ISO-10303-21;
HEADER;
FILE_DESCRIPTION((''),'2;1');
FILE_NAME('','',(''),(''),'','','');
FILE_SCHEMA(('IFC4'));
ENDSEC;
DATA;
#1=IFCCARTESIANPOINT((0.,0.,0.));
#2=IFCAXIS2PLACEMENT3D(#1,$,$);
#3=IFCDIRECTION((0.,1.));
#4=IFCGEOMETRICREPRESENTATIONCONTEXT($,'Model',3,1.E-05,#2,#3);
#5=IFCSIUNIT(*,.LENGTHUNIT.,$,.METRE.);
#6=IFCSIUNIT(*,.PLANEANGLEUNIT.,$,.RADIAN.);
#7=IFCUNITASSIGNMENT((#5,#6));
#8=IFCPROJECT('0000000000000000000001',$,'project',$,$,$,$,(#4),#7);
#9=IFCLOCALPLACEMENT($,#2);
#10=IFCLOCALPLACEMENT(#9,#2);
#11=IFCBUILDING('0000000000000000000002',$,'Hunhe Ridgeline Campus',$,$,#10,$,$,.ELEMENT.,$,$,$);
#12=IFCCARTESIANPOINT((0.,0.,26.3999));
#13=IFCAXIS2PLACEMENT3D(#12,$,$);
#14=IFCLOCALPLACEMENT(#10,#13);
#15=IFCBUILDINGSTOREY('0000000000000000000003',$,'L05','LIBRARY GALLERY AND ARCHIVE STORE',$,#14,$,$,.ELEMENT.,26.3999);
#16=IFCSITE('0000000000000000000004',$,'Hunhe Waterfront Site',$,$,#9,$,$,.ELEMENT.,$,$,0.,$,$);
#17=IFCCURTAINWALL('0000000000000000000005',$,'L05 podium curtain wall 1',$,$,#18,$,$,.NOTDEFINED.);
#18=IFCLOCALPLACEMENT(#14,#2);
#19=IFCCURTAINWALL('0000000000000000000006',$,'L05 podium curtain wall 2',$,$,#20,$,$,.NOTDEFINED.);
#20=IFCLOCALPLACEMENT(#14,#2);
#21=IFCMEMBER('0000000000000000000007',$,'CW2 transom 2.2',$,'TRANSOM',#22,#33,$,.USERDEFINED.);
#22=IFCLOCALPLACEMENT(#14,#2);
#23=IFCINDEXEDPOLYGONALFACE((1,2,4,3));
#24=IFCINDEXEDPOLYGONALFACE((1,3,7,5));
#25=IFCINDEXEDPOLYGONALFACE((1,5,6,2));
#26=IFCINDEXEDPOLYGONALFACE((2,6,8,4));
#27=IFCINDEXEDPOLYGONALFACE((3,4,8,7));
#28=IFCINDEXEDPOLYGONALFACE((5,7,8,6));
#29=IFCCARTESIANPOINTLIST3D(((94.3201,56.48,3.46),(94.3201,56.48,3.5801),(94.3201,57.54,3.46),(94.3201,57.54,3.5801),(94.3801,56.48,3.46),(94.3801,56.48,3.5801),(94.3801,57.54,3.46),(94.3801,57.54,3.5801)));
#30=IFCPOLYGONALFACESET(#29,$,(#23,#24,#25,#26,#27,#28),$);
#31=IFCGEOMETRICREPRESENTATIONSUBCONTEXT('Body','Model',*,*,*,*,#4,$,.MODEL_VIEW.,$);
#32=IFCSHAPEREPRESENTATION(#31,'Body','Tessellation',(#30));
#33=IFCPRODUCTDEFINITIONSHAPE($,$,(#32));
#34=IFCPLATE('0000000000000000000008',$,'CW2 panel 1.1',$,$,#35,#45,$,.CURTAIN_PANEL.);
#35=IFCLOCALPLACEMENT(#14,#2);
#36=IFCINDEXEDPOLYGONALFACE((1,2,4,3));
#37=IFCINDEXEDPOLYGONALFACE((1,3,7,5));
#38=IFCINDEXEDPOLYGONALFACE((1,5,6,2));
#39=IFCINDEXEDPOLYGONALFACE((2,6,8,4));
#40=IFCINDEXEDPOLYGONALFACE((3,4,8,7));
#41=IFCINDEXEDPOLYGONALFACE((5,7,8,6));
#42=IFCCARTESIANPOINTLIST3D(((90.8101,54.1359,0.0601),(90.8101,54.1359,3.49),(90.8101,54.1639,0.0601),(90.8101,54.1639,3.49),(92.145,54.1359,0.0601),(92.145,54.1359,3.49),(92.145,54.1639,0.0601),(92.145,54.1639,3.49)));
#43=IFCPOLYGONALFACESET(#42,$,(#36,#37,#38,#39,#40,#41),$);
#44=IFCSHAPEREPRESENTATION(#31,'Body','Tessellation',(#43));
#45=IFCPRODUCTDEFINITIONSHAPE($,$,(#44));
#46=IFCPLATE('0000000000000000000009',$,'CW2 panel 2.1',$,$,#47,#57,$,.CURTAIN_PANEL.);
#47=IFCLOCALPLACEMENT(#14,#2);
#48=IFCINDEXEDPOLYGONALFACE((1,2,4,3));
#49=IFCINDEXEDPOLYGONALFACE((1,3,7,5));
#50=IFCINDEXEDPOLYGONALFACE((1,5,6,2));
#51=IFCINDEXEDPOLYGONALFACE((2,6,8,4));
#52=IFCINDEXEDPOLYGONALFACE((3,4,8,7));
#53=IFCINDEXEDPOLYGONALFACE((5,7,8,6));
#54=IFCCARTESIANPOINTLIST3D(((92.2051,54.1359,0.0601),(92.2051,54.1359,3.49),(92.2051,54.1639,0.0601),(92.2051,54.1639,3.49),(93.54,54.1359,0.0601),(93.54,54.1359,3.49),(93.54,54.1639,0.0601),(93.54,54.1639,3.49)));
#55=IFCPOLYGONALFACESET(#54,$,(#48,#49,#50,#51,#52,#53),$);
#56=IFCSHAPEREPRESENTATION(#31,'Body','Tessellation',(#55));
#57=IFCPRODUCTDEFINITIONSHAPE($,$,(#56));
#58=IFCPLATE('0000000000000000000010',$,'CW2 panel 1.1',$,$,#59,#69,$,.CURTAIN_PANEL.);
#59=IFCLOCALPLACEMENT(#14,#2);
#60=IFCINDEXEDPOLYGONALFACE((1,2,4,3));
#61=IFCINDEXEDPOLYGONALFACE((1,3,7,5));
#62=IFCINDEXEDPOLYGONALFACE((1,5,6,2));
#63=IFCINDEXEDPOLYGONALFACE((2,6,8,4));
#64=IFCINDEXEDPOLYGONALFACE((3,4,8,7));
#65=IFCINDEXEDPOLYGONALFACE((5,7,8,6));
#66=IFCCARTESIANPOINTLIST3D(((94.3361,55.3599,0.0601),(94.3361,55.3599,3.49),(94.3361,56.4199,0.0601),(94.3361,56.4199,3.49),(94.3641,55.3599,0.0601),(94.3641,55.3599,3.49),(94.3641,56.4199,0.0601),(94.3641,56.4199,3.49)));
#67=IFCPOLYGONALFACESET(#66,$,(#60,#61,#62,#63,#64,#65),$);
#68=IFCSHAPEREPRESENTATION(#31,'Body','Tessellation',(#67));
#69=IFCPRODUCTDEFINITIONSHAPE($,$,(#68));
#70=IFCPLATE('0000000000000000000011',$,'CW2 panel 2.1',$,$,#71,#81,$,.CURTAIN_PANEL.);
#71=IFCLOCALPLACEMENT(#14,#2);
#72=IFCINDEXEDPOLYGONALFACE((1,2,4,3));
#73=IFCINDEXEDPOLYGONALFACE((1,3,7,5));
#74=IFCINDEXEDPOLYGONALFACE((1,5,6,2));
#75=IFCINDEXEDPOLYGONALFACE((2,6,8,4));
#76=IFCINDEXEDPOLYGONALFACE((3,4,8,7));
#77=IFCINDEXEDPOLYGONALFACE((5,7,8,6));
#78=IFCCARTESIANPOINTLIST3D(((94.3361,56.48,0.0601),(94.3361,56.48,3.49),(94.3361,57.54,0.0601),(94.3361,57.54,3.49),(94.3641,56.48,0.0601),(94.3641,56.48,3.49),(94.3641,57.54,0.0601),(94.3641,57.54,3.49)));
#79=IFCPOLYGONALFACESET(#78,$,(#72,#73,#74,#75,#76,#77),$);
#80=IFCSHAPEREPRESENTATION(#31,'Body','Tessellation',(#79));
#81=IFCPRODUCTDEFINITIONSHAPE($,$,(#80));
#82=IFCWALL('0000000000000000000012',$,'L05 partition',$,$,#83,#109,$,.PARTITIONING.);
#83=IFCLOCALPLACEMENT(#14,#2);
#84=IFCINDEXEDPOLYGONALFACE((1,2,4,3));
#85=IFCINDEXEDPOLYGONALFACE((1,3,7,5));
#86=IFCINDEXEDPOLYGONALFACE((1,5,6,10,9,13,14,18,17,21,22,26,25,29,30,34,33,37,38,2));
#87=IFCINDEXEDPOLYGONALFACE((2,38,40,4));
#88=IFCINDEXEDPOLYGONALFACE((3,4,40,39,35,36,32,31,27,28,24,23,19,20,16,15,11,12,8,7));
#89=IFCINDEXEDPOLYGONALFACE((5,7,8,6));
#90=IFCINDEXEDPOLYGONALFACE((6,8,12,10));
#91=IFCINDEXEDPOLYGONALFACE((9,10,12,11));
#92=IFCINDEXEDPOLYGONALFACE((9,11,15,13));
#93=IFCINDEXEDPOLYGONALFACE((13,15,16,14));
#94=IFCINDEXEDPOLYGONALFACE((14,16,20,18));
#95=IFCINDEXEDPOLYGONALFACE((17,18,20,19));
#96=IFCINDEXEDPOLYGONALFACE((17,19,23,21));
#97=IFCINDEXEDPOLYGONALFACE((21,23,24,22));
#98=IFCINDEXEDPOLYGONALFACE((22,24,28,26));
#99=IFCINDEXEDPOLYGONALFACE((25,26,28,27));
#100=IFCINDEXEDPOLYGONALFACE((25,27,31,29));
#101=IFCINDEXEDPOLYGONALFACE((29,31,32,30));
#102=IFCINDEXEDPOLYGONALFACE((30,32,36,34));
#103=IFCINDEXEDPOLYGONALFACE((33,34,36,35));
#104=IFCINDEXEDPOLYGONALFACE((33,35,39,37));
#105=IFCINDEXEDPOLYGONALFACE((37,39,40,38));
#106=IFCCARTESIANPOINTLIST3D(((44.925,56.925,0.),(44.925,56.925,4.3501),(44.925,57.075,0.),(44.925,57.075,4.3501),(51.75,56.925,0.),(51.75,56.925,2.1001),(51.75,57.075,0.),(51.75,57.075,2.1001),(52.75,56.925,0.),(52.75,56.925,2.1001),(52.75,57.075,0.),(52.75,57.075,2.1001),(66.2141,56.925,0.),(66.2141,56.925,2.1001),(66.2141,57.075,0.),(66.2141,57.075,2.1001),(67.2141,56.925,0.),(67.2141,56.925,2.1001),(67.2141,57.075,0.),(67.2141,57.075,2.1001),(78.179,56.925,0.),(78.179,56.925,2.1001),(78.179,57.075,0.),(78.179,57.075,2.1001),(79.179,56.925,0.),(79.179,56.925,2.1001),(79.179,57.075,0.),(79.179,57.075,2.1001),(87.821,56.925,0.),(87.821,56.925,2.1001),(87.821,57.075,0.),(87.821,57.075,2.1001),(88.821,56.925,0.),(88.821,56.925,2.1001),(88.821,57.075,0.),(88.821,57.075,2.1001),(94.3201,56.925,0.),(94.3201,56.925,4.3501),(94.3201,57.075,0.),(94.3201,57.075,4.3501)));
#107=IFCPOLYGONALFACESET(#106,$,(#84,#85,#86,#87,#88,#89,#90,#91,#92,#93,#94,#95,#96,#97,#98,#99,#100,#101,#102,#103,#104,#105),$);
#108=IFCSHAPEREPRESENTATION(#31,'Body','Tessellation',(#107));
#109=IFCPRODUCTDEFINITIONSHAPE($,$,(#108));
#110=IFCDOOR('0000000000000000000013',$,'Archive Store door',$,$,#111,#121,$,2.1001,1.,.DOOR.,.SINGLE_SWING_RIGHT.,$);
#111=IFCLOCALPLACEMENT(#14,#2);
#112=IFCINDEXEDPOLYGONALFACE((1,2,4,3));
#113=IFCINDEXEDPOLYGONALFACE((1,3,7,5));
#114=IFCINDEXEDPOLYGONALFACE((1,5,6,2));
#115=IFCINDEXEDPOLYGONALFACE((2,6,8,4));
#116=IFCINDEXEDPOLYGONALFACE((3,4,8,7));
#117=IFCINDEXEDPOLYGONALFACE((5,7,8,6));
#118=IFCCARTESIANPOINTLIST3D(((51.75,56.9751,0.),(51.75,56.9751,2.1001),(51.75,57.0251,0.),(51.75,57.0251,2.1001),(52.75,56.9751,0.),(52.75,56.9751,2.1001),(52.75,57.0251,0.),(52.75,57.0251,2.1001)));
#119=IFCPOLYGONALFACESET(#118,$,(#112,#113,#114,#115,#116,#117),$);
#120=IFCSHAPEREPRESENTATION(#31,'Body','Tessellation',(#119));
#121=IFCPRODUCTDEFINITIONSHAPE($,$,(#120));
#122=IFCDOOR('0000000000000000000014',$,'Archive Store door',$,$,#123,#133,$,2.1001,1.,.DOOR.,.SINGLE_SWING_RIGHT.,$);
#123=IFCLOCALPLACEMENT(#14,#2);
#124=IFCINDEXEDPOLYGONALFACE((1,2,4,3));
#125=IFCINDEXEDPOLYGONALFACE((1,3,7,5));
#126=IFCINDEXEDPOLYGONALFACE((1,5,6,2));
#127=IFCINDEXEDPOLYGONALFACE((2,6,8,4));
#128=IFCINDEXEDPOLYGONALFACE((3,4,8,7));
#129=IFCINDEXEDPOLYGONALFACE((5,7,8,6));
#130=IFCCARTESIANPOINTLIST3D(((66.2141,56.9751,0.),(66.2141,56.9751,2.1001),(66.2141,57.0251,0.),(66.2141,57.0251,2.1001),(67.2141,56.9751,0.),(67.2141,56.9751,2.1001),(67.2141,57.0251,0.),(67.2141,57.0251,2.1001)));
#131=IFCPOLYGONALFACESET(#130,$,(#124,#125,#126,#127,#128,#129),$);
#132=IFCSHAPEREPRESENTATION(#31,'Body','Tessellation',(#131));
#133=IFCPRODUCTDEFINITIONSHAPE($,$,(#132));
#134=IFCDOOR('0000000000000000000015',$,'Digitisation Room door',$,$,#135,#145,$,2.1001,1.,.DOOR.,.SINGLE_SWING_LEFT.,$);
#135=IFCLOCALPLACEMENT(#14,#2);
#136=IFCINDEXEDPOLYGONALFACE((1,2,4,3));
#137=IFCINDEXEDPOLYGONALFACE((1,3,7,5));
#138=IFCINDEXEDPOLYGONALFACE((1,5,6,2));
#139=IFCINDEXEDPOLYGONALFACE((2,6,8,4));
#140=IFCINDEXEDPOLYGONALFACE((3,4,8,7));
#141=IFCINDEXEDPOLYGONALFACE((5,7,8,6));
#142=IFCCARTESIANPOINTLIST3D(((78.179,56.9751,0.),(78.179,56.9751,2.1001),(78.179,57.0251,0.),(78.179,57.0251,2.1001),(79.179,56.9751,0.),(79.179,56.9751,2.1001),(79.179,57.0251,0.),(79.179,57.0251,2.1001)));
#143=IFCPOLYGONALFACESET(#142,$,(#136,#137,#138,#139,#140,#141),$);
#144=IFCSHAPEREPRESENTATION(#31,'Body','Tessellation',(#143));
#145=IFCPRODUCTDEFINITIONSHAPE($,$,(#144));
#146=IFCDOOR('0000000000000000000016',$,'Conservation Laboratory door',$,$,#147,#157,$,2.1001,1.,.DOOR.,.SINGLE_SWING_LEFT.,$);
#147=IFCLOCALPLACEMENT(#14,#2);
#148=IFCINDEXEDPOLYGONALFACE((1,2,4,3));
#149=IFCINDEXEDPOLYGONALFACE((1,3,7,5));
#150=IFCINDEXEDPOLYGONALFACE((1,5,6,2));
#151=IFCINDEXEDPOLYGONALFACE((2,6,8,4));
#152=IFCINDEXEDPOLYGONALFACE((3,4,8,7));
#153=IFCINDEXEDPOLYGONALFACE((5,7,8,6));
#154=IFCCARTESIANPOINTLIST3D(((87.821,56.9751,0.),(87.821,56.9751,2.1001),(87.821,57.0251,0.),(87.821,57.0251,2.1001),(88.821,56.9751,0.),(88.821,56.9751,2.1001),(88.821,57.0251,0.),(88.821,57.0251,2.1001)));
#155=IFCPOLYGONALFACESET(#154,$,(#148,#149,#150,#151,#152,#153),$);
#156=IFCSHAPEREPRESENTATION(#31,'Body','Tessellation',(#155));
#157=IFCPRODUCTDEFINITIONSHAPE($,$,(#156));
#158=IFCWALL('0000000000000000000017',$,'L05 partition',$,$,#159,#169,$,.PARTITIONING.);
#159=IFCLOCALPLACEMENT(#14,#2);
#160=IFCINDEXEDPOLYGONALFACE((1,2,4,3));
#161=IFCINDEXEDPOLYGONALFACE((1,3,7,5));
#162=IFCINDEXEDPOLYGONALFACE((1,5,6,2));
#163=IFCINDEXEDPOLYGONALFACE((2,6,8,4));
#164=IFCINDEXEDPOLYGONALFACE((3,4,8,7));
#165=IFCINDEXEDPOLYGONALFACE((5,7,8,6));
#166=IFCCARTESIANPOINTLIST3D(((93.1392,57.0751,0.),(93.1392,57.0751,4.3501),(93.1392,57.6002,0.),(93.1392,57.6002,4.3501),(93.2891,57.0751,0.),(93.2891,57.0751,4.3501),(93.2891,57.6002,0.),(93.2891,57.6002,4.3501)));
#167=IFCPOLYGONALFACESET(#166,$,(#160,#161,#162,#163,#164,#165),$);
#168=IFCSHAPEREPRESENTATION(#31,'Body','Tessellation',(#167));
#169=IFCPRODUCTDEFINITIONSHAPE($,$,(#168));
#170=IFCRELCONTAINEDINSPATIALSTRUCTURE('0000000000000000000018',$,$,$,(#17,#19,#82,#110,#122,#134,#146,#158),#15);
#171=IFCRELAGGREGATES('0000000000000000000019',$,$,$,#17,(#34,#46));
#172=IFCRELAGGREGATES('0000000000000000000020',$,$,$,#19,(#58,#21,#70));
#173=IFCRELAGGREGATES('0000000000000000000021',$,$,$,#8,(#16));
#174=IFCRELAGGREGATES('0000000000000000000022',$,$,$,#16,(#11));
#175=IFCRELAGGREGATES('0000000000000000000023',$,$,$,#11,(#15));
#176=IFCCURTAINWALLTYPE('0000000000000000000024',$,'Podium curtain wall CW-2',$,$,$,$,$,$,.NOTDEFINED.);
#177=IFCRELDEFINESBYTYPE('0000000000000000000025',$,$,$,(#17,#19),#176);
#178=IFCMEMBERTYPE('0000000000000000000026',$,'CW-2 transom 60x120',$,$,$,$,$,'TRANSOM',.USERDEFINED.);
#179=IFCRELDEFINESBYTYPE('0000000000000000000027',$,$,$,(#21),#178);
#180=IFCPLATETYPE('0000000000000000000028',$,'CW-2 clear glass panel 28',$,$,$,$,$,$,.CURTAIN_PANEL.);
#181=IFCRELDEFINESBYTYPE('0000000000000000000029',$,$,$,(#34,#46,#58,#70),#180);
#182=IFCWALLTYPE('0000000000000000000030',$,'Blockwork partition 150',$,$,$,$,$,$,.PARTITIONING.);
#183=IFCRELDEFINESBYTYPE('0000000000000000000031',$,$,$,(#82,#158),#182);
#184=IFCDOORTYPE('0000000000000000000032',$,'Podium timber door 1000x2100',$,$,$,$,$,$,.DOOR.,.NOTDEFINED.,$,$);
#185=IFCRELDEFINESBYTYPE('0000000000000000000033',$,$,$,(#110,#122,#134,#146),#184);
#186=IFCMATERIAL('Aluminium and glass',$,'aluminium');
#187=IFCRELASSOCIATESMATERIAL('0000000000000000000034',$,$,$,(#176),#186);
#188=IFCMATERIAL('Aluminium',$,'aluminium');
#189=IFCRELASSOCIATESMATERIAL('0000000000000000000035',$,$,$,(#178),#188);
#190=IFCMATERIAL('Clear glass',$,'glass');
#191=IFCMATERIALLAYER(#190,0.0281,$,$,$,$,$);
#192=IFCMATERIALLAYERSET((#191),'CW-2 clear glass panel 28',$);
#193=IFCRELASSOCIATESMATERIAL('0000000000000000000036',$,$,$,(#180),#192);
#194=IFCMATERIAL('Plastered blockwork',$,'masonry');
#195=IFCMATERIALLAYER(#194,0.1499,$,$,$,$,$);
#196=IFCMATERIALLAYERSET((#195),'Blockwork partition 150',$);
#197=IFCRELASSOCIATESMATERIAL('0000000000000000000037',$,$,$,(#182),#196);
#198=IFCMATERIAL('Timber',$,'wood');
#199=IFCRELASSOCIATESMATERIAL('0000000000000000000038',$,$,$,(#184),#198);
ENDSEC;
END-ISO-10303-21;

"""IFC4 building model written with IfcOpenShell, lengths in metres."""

from ifc_helpers import new_model, si_unit, direction, frame, frame_2d, origin, origin_2d, place, context, subcontext, project, spatial, rectangle, extrude, material, layer, layer_set, material_profile, profile_set, type_object, element, fill, aggregate, save


model = new_model("IFC4")

# Units and contexts
model_context = context("Model", 3, precision=1e-05, world=origin(), true_north=direction((0.0, 1.0)))
body_context = subcontext(model_context, "Body", "Model", "MODEL_VIEW")
ifc_project = project(units=[si_unit("LENGTHUNIT", "METRE"), si_unit("PLANEANGLEUNIT", "RADIAN")], contexts=[model_context])

# Site, building, storey
site_placement = place(None, origin())
site = spatial("IfcSite", under=ifc_project, at=site_placement, Name="Hunhe Waterfront Site", CompositionType="ELEMENT", RefElevation=0.0)
building_placement = place(site_placement, origin())
building = spatial("IfcBuilding", under=site, at=building_placement, Name="Hunhe Ridgeline Campus", CompositionType="ELEMENT")
storey_placement = place(building_placement, frame((0.0, 0.0, 26.3999)))
storey = spatial("IfcBuildingStorey", under=building, at=storey_placement, Name="L05", Description="LIBRARY GALLERY AND ARCHIVE STORE", CompositionType="ELEMENT", Elevation=26.3999)

# Curtain walls
ifc_material_1 = material(Name="Aluminium and glass", Category="aluminium")
curtain_wall_type = type_object("IfcCurtainWallType", Name="Podium curtain wall CW-2", PredefinedType="NOTDEFINED", material=ifc_material_1)
curtain_wall_1_placement = place(storey_placement, origin())
curtain_wall_1 = element("IfcCurtainWall", 1, at=curtain_wall_1_placement, inside=storey, type_object=curtain_wall_type, Name="L05 podium curtain wall 1", PredefinedType="NOTDEFINED")
ifc_material_2 = material(Name="Aluminium", Category="aluminium")
curtain_wall_2_placement = place(storey_placement, origin())
curtain_wall_2 = element("IfcCurtainWall", 2, at=curtain_wall_2_placement, inside=storey, type_object=curtain_wall_type, Name="L05 podium curtain wall 2", PredefinedType="NOTDEFINED")

# Member
ifc_material_profile_1 = material_profile(ifc_material_2, rectangle(XDim=0.0601, YDim=0.1201, at=origin_2d()))
ifc_profile_set_1 = profile_set([ifc_material_profile_1], Name="Aluminium")
member_type_1 = type_object("IfcMemberType", Name="CW-2 transom 60x120", ElementType="TRANSOM", PredefinedType="USERDEFINED", material=ifc_profile_set_1)
member_1_placement = place(storey_placement, frame((94.3501, 56.48, 3.52), z_axis=(0.0, 1.0, 0.0), x_axis=(-1.0, 0.0, 0.0)))
member_1 = element("IfcMember", 3, at=member_1_placement, type_object=member_type_1, Name="CW2 transom 2.2", ObjectType="TRANSOM", PredefinedType="USERDEFINED", context=body_context, shape_type="SweptSolid", body=[
    extrude(rectangle(XDim=0.0601, YDim=0.1201, at=origin_2d()), origin(), (0.0, 0.0, 1.0), 1.0601),
])

# Plates
ifc_material_3 = material(Name="Clear glass", Category="glass")
ifc_layer_1 = layer(ifc_material_3, 0.0281)
ifc_layer_set_1 = layer_set([ifc_layer_1], Name="CW-2 clear glass panel 28")
plate_type = type_object("IfcPlateType", Name="CW-2 clear glass panel 28", PredefinedType="CURTAIN_PANEL", material=ifc_layer_set_1)
plate_1_placement = place(storey_placement, frame((91.4775, 54.1499, 0.0601), z_axis=(0.0, 0.0, 1.0), x_axis=(1.0, 0.0, 0.0)))
plate_1 = element("IfcPlate", 4, at=plate_1_placement, type_object=plate_type, Name="CW2 panel 1.1", PredefinedType="CURTAIN_PANEL", context=body_context, shape_type="SweptSolid", body=[
    extrude(rectangle(XDim=1.335, YDim=0.0281, at=origin_2d()), origin(), (0.0, 0.0, 1.0), 3.4299),
])
plate_2_placement = place(storey_placement, frame((92.8726, 54.1499, 0.0601), z_axis=(0.0, 0.0, 1.0), x_axis=(1.0, 0.0, 0.0)))
plate_2 = element("IfcPlate", 5, at=plate_2_placement, type_object=plate_type, Name="CW2 panel 2.1", PredefinedType="CURTAIN_PANEL", context=body_context, shape_type="SweptSolid", body=[
    extrude(rectangle(XDim=1.335, YDim=0.0281, at=origin_2d()), origin(), (0.0, 0.0, 1.0), 3.4299),
])
aggregate(curtain_wall_1, [plate_1, plate_2])
plate_3_placement = place(storey_placement, frame((94.3501, 55.8899, 0.0601), z_axis=(0.0, 0.0, 1.0), x_axis=(0.0, 1.0, 0.0)))
plate_3 = element("IfcPlate", 6, at=plate_3_placement, type_object=plate_type, Name="CW2 panel 1.1", PredefinedType="CURTAIN_PANEL", context=body_context, shape_type="SweptSolid", body=[
    extrude(rectangle(XDim=1.0601, YDim=0.0281, at=origin_2d()), origin(), (0.0, 0.0, 1.0), 3.4299),
])
plate_4_placement = place(storey_placement, frame((94.3501, 57.01, 0.0601), z_axis=(0.0, 0.0, 1.0), x_axis=(0.0, 1.0, 0.0)))
plate_4 = element("IfcPlate", 7, at=plate_4_placement, type_object=plate_type, Name="CW2 panel 2.1", PredefinedType="CURTAIN_PANEL", context=body_context, shape_type="SweptSolid", body=[
    extrude(rectangle(XDim=1.0601, YDim=0.0281, at=origin_2d()), origin(), (0.0, 0.0, 1.0), 3.4299),
])
aggregate(curtain_wall_2, [plate_3, member_1, plate_4])

# Wall, openings, doors
ifc_material_4 = material(Name="Plastered blockwork", Category="masonry")
ifc_layer_2 = layer(ifc_material_4, 0.1499)
ifc_layer_set_2 = layer_set([ifc_layer_2], Name="Blockwork partition 150")
wall_type = type_object("IfcWallType", Name="Blockwork partition 150", PredefinedType="PARTITIONING", material=ifc_layer_set_2)
wall_1_placement = place(storey_placement, frame((94.3201, 57.0, 0.0), z_axis=(0.0, 0.0, 1.0), x_axis=(-1.0, 0.0, 0.0)))
wall_1 = element("IfcWall", 8, at=wall_1_placement, inside=storey, type_object=wall_type, Name="L05 partition", PredefinedType="PARTITIONING", context=body_context, shape_type="SweptSolid", body=[
    extrude(rectangle(XDim=49.395, YDim=0.1499, at=frame_2d((24.6975, 0.0))), origin(), (0.0, 0.0, 1.0), 4.3501),
])
opening_1_placement = place(wall_1_placement, frame((41.5701, 0.0, 0.0)))
opening_1 = element("IfcOpeningElement", 9, at=opening_1_placement, cuts=wall_1, PredefinedType="OPENING", context=body_context, shape_type="SweptSolid", body=[
    extrude(rectangle(XDim=1.0, YDim=2.1001, at=frame_2d((0.5, 1.05))), frame((0.0, 0.075, 0.0), z_axis=(0.0, -1.0, 0.0), x_axis=(1.0, 0.0, 0.0)), (0.0, 0.0, 1.0), 0.1499),
])
opening_2_placement = place(wall_1_placement, frame((27.106, 0.0, 0.0)))
opening_2 = element("IfcOpeningElement", 10, at=opening_2_placement, cuts=wall_1, PredefinedType="OPENING", context=body_context, shape_type="SweptSolid", body=[
    extrude(rectangle(XDim=1.0, YDim=2.1001, at=frame_2d((0.5, 1.05))), frame((0.0, 0.075, 0.0), z_axis=(0.0, -1.0, 0.0), x_axis=(1.0, 0.0, 0.0)), (0.0, 0.0, 1.0), 0.1499),
])
opening_3_placement = place(wall_1_placement, frame((15.1411, 0.0, 0.0)))
opening_3 = element("IfcOpeningElement", 11, at=opening_3_placement, cuts=wall_1, PredefinedType="OPENING", context=body_context, shape_type="SweptSolid", body=[
    extrude(rectangle(XDim=1.0, YDim=2.1001, at=frame_2d((0.5, 1.05))), frame((0.0, 0.075, 0.0), z_axis=(0.0, -1.0, 0.0), x_axis=(1.0, 0.0, 0.0)), (0.0, 0.0, 1.0), 0.1499),
])
opening_4_placement = place(wall_1_placement, frame((5.499, 0.0, 0.0)))
opening_4 = element("IfcOpeningElement", 12, at=opening_4_placement, cuts=wall_1, PredefinedType="OPENING", context=body_context, shape_type="SweptSolid", body=[
    extrude(rectangle(XDim=1.0, YDim=2.1001, at=frame_2d((0.5, 1.05))), frame((0.0, 0.075, 0.0), z_axis=(0.0, -1.0, 0.0), x_axis=(1.0, 0.0, 0.0)), (0.0, 0.0, 1.0), 0.1499),
])
ifc_material_5 = material(Name="Timber", Category="wood")
door_type = type_object("IfcDoorType", Name="Podium timber door 1000x2100", OperationType="NOTDEFINED", PredefinedType="DOOR", material=ifc_material_5)
door_1_placement = place(opening_1_placement, origin())
door_1 = element("IfcDoor", 13, at=door_1_placement, inside=storey, type_object=door_type, Name="Archive Store door", OperationType="SINGLE_SWING_RIGHT", OverallHeight=2.1001, OverallWidth=1.0, PredefinedType="DOOR", context=body_context, shape_type="SweptSolid", body=[
    extrude(rectangle(XDim=1.0, YDim=2.1001, at=frame_2d((0.5, 1.05))), frame((0.0, 0.0249, 0.0), z_axis=(0.0, -1.0, 0.0), x_axis=(1.0, 0.0, 0.0)), (0.0, 0.0, 1.0), 0.05),
])
fill(opening_1, door_1)
door_2_placement = place(opening_2_placement, origin())
door_2 = element("IfcDoor", 14, at=door_2_placement, inside=storey, type_object=door_type, Name="Archive Store door", OperationType="SINGLE_SWING_RIGHT", OverallHeight=2.1001, OverallWidth=1.0, PredefinedType="DOOR", context=body_context, shape_type="SweptSolid", body=[
    extrude(rectangle(XDim=1.0, YDim=2.1001, at=frame_2d((0.5, 1.05))), frame((0.0, 0.0249, 0.0), z_axis=(0.0, -1.0, 0.0), x_axis=(1.0, 0.0, 0.0)), (0.0, 0.0, 1.0), 0.05),
])
fill(opening_2, door_2)
door_3_placement = place(opening_3_placement, origin())
door_3 = element("IfcDoor", 15, at=door_3_placement, inside=storey, type_object=door_type, Name="Digitisation Room door", OperationType="SINGLE_SWING_LEFT", OverallHeight=2.1001, OverallWidth=1.0, PredefinedType="DOOR", context=body_context, shape_type="SweptSolid", body=[
    extrude(rectangle(XDim=1.0, YDim=2.1001, at=frame_2d((0.5, 1.05))), frame((0.0, 0.0249, 0.0), z_axis=(0.0, -1.0, 0.0), x_axis=(1.0, 0.0, 0.0)), (0.0, 0.0, 1.0), 0.05),
])
fill(opening_3, door_3)
door_4_placement = place(opening_4_placement, origin())
door_4 = element("IfcDoor", 16, at=door_4_placement, inside=storey, type_object=door_type, Name="Conservation Laboratory door", OperationType="SINGLE_SWING_LEFT", OverallHeight=2.1001, OverallWidth=1.0, PredefinedType="DOOR", context=body_context, shape_type="SweptSolid", body=[
    extrude(rectangle(XDim=1.0, YDim=2.1001, at=frame_2d((0.5, 1.05))), frame((0.0, 0.0249, 0.0), z_axis=(0.0, -1.0, 0.0), x_axis=(1.0, 0.0, 0.0)), (0.0, 0.0, 1.0), 0.05),
])
fill(opening_4, door_4)

# Wall
wall_2_placement = place(storey_placement, frame((93.2141, 57.075, 0.0), z_axis=(0.0, 0.0, 1.0), x_axis=(0.0, 1.0, 0.0)))
element("IfcWall", 17, at=wall_2_placement, inside=storey, type_object=wall_type, Name="L05 partition", PredefinedType="PARTITIONING", context=body_context, shape_type="SweptSolid", body=[
    extrude(rectangle(XDim=0.5251, YDim=0.1499, at=frame_2d((0.2627, 0.0))), origin(), (0.0, 0.0, 1.0), 4.3501),
])

save(model, "model.ifc")
